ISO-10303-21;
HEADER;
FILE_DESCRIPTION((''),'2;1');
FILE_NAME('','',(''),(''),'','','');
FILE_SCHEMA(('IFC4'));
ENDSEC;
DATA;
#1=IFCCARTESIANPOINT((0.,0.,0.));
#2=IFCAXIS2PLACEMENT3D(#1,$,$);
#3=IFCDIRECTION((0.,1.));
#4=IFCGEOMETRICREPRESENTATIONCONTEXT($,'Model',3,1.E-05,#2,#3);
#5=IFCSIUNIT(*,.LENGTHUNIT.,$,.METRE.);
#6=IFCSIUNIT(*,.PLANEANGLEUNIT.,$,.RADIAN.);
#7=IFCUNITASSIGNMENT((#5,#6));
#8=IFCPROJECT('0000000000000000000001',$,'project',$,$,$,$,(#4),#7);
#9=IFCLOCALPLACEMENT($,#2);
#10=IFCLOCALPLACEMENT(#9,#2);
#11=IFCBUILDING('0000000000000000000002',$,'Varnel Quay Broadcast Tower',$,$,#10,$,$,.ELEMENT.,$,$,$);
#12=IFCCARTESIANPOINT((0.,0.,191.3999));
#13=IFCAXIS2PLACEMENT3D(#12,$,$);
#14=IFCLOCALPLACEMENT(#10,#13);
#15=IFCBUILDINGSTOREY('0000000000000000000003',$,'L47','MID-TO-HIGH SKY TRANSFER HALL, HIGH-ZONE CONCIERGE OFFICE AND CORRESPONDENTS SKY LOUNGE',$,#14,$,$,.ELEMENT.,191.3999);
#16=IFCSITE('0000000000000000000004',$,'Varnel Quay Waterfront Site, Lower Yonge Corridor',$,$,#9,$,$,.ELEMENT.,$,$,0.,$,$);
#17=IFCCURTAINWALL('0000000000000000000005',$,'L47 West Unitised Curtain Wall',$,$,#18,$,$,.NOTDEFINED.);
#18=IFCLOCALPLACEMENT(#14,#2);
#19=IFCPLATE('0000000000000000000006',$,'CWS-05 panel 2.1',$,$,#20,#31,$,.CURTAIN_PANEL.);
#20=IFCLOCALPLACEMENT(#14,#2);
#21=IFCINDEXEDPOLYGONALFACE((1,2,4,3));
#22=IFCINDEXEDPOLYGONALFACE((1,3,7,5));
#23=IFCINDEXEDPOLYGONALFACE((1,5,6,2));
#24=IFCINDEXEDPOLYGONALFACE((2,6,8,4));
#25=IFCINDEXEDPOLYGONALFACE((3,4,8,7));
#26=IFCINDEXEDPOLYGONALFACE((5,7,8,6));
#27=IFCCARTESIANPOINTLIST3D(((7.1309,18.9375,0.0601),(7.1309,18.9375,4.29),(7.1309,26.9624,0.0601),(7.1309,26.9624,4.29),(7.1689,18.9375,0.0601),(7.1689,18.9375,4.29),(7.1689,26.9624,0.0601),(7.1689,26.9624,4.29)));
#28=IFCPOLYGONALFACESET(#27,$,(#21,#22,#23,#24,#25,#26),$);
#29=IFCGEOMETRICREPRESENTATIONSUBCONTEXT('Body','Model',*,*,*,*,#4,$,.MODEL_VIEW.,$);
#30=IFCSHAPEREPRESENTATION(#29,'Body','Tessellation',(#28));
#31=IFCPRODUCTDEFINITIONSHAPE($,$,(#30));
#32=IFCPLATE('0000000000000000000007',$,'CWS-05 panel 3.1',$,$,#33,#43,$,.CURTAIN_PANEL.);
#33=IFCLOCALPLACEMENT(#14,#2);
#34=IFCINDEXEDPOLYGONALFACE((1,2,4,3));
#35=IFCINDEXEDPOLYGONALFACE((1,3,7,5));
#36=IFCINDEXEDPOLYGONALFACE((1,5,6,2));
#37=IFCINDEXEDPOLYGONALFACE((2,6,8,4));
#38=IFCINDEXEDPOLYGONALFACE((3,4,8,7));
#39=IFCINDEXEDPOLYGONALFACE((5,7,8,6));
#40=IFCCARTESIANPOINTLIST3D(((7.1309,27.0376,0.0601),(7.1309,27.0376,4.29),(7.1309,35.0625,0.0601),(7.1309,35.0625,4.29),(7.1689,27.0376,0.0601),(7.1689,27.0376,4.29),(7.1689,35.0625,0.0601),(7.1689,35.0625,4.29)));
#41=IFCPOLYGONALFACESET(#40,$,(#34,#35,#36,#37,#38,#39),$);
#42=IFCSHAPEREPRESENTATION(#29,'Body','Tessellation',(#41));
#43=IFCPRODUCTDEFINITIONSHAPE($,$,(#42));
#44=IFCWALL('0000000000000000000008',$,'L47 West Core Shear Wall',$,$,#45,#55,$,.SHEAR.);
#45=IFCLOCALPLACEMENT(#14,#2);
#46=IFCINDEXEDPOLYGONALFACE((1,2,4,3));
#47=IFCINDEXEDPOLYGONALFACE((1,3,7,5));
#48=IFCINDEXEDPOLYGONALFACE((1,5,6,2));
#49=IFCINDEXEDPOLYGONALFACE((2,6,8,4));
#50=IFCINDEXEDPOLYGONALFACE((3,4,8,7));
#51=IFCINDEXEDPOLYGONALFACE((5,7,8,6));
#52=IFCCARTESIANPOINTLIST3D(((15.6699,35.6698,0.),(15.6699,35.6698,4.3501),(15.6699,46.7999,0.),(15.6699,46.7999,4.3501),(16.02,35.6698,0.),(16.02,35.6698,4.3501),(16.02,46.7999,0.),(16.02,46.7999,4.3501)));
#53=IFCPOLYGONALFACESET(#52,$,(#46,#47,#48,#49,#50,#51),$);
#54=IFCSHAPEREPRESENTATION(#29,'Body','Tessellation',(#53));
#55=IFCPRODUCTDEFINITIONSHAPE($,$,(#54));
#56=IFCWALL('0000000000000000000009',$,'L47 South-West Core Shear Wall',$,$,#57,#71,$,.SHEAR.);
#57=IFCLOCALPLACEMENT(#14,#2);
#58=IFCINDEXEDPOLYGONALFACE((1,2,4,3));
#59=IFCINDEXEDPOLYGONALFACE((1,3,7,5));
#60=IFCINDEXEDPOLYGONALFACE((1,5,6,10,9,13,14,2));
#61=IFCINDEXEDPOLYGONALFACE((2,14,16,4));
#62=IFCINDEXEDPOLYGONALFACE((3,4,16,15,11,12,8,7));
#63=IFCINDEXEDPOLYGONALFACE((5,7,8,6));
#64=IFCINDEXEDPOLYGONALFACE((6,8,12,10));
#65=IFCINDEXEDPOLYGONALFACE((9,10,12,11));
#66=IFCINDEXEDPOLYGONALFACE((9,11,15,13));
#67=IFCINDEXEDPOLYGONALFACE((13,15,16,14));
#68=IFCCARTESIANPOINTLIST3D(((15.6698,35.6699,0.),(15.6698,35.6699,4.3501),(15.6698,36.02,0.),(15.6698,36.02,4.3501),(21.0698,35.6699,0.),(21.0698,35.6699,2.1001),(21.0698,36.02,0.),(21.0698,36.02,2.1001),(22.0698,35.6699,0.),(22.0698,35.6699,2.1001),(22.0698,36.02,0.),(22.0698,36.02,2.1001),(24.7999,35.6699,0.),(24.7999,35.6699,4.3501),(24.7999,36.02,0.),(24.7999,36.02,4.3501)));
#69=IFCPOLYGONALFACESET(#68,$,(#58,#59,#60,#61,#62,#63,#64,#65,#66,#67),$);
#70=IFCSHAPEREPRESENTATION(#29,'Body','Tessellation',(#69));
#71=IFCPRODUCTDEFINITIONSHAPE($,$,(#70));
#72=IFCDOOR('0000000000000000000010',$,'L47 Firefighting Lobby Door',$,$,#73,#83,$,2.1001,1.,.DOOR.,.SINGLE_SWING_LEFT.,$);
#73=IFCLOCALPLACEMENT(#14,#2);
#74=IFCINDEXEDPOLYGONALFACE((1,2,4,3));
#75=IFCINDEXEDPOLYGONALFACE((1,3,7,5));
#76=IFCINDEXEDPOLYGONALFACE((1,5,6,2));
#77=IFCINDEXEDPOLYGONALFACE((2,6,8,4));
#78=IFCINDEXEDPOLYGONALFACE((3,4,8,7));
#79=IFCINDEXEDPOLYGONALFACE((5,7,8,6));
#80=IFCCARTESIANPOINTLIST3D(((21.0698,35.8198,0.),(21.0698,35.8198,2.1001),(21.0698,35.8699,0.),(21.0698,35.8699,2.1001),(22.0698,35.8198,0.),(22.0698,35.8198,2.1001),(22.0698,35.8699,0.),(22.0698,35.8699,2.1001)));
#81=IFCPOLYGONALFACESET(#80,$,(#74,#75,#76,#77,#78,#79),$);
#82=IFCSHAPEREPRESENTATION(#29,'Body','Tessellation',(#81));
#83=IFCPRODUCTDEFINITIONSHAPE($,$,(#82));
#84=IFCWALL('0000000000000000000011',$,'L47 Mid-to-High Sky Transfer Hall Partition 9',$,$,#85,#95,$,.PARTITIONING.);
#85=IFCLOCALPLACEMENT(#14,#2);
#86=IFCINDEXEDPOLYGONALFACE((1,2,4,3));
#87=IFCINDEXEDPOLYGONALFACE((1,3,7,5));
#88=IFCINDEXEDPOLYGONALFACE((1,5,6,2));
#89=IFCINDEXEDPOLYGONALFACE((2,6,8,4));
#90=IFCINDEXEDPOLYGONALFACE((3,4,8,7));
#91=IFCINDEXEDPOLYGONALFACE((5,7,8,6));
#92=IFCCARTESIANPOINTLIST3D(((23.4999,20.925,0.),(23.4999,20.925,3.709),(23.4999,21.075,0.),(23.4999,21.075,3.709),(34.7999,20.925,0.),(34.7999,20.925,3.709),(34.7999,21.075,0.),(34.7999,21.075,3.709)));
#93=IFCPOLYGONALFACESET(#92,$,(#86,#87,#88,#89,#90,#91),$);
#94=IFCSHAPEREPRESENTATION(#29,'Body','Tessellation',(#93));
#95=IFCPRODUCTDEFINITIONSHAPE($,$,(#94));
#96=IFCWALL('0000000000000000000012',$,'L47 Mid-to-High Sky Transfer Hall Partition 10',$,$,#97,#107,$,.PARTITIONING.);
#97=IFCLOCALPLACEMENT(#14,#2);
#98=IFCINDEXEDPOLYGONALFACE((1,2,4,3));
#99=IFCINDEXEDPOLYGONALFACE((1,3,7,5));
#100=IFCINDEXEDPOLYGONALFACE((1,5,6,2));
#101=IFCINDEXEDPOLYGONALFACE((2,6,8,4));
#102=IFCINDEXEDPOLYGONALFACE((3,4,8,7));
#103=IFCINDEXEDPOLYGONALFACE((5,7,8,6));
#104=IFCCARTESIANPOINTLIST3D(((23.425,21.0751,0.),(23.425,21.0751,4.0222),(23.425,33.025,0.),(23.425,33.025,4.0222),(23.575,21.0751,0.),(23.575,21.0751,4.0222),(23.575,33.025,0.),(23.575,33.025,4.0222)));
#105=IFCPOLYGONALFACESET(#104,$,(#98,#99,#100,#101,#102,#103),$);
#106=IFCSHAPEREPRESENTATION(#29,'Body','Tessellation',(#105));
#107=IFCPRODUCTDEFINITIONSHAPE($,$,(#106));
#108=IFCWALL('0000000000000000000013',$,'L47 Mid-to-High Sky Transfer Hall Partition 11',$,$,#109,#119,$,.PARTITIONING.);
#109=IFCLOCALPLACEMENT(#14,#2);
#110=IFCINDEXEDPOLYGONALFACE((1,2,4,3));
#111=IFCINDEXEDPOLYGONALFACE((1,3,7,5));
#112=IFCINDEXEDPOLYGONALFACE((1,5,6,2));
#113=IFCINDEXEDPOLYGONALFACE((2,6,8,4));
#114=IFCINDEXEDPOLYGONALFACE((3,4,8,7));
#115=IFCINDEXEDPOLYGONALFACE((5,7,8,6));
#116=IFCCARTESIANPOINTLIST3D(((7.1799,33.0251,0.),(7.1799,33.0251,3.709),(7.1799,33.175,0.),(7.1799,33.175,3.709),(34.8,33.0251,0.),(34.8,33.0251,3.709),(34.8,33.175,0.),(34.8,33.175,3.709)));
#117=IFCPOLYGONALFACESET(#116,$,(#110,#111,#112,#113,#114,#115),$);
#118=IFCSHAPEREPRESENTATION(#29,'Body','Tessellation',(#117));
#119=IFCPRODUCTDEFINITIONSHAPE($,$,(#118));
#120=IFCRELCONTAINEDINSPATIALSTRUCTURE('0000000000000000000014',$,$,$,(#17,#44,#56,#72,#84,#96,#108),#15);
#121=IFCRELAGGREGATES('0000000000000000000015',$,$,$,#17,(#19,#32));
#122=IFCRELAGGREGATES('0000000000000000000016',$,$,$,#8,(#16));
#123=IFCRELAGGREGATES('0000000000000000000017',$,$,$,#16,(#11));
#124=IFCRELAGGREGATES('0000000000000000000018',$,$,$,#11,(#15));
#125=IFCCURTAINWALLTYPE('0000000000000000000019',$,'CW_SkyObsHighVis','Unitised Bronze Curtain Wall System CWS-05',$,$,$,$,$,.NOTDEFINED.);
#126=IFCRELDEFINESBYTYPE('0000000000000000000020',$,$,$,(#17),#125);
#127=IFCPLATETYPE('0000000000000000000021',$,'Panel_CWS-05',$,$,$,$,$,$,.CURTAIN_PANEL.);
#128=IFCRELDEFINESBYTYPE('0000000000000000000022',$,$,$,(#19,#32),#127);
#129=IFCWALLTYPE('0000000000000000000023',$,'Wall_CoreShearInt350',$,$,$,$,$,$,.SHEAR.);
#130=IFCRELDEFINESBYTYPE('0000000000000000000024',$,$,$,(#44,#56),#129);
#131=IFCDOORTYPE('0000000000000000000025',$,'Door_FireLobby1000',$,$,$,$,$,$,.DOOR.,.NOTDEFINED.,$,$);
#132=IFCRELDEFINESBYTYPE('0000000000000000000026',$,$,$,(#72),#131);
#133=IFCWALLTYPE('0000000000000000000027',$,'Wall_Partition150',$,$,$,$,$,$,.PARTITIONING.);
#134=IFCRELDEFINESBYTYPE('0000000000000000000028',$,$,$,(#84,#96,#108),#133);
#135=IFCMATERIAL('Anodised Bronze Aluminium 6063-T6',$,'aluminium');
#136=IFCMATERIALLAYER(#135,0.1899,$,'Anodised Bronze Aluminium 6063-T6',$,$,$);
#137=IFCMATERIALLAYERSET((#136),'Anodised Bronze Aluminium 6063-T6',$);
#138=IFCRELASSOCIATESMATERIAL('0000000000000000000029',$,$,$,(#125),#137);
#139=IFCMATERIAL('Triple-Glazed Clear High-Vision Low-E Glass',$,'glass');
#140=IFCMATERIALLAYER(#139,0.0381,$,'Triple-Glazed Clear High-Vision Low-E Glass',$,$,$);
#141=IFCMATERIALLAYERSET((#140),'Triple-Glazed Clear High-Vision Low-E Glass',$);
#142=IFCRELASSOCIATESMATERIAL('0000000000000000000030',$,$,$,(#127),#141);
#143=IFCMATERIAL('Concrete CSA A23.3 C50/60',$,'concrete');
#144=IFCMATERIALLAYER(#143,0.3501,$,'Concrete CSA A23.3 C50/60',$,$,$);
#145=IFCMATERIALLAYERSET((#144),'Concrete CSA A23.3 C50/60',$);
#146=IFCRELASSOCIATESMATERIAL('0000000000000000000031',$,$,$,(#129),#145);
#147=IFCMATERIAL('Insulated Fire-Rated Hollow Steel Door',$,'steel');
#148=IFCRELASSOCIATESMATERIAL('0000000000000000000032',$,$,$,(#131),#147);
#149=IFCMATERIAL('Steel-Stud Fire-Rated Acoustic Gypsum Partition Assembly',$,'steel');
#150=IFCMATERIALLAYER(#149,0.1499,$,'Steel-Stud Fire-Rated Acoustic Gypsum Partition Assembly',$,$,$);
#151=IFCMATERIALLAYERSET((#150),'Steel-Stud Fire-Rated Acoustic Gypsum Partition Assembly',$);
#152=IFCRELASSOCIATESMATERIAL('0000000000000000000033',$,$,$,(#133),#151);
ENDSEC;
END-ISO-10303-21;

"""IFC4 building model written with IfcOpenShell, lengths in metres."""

from ifc_helpers import new_model, si_unit, direction, frame, frame_2d, origin, origin_2d, place, context, subcontext, project, spatial, rectangle, extrude, source, transform, mapped, material, layer, layer_set, type_object, type_shapes, element, fill, aggregate, save


model = new_model("IFC4")

# Units and contexts
model_context = context("Model", 3, precision=1e-05, world=origin(), true_north=direction((0.0, 1.0)))
body_context = subcontext(model_context, "Body", "Model", "MODEL_VIEW")
ifc_project = project(units=[si_unit("LENGTHUNIT", "METRE"), si_unit("PLANEANGLEUNIT", "RADIAN")], contexts=[model_context])

# Site, building, storey
site_placement = place(None, origin())
site = spatial("IfcSite", under=ifc_project, at=site_placement, Name="Varnel Quay Waterfront Site, Lower Yonge Corridor", CompositionType="ELEMENT", RefElevation=0.0)
building_placement = place(site_placement, origin())
building = spatial("IfcBuilding", under=site, at=building_placement, Name="Varnel Quay Broadcast Tower", CompositionType="ELEMENT")
storey_placement = place(building_placement, frame((0.0, 0.0, 191.3999)))
storey = spatial("IfcBuildingStorey", under=building, at=storey_placement, Name="L47", Description="MID-TO-HIGH SKY TRANSFER HALL, HIGH-ZONE CONCIERGE OFFICE AND CORRESPONDENTS SKY LOUNGE", CompositionType="ELEMENT", Elevation=191.3999)

# Shared definitions
ifc_material_1 = material(Name="Concrete CSA A23.3 C50/60", Category="concrete")

# Curtain wall, plates
ifc_material_2 = material(Name="Anodised Bronze Aluminium 6063-T6", Category="aluminium")
ifc_layer_1 = layer(ifc_material_2, 0.1899, Name="Anodised Bronze Aluminium 6063-T6")
ifc_layer_set_1 = layer_set([ifc_layer_1], Name="Anodised Bronze Aluminium 6063-T6")
curtain_wall_type = type_object("IfcCurtainWallType", Name="CW_SkyObsHighVis", Description="Unitised Bronze Curtain Wall System CWS-05", PredefinedType="NOTDEFINED", material=ifc_layer_set_1)
curtain_wall_placement = place(storey_placement, origin())
curtain_wall = element("IfcCurtainWall", 1, at=curtain_wall_placement, inside=storey, type_object=curtain_wall_type, Name="L47 West Unitised Curtain Wall", PredefinedType="NOTDEFINED")
ifc_material_3 = material(Name="Triple-Glazed Clear High-Vision Low-E Glass", Category="glass")
ifc_layer_2 = layer(ifc_material_3, 0.0381, Name="Triple-Glazed Clear High-Vision Low-E Glass")
ifc_layer_set_2 = layer_set([ifc_layer_2], Name="Triple-Glazed Clear High-Vision Low-E Glass")
plate_type = type_object("IfcPlateType", Name="Panel_CWS-05", PredefinedType="CURTAIN_PANEL", material=ifc_layer_set_2)
shared_shape_1 = source(origin(), body_context, "Body", "SweptSolid", [
    extrude(rectangle(XDim=8.0249, YDim=0.0381, at=origin_2d()), origin(), (0.0, 0.0, 1.0), 4.23),
])
type_shapes(plate_type, [shared_shape_1])
plate_1_placement = place(storey_placement, frame((7.1499, 22.95, 0.0601), z_axis=(0.0, 0.0, 1.0), x_axis=(0.0, 1.0, 0.0)))
plate_1 = element("IfcPlate", 2, at=plate_1_placement, type_object=plate_type, Name="CWS-05 panel 2.1", PredefinedType="CURTAIN_PANEL", context=body_context, shape_type="MappedRepresentation", body=[
    mapped(shared_shape_1, transform((0.0, 0.0, 0.0), x_axis=(1.0, 0.0, 0.0), y_axis=(0.0, 1.0, 0.0), z_axis=(0.0, 0.0, 1.0), scale=1.0)),
])
plate_2_placement = place(storey_placement, frame((7.1499, 31.05, 0.0601), z_axis=(0.0, 0.0, 1.0), x_axis=(0.0, 1.0, 0.0)))
plate_2 = element("IfcPlate", 3, at=plate_2_placement, type_object=plate_type, Name="CWS-05 panel 3.1", PredefinedType="CURTAIN_PANEL", context=body_context, shape_type="MappedRepresentation", body=[
    mapped(shared_shape_1, transform((0.0, 0.0, 0.0), x_axis=(1.0, 0.0, 0.0), y_axis=(0.0, 1.0, 0.0), z_axis=(0.0, 0.0, 1.0), scale=1.0)),
])
aggregate(curtain_wall, [plate_1, plate_2])

# Wall
ifc_layer_3 = layer(ifc_material_1, 0.3501, Name="Concrete CSA A23.3 C50/60")
ifc_layer_set_3 = layer_set([ifc_layer_3], Name="Concrete CSA A23.3 C50/60")
wall_type_1 = type_object("IfcWallType", Name="Wall_CoreShearInt350", PredefinedType="SHEAR", material=ifc_layer_set_3)
wall_1_placement = place(storey_placement, frame((15.845, 35.6699, 0.0), z_axis=(0.0, 0.0, 1.0), x_axis=(0.0, 1.0, 0.0)))
element("IfcWall", 4, at=wall_1_placement, inside=storey, type_object=wall_type_1, Name="L47 West Core Shear Wall", PredefinedType="SHEAR", context=body_context, shape_type="SweptSolid", body=[
    extrude(rectangle(XDim=11.1301, YDim=0.3501, at=frame_2d((5.5649, 0.0))), origin(), (0.0, 0.0, 1.0), 4.3501),
])

# Wall, opening, door
wall_2_placement = place(storey_placement, frame((15.6699, 35.845, 0.0), z_axis=(0.0, 0.0, 1.0), x_axis=(1.0, 0.0, 0.0)))
wall_2 = element("IfcWall", 5, at=wall_2_placement, inside=storey, type_object=wall_type_1, Name="L47 South-West Core Shear Wall", PredefinedType="SHEAR", context=body_context, shape_type="SweptSolid", body=[
    extrude(rectangle(XDim=9.1301, YDim=0.3501, at=frame_2d((4.5649, 0.0))), origin(), (0.0, 0.0, 1.0), 4.3501),
])
opening_placement = place(wall_2_placement, frame((5.3999, 0.0, 0.0)))
opening = element("IfcOpeningElement", 6, at=opening_placement, cuts=wall_2, PredefinedType="OPENING", context=body_context, shape_type="SweptSolid", body=[
    extrude(rectangle(XDim=1.0, YDim=2.1001, at=frame_2d((0.5, 1.05))), frame((0.0, 0.1851, 0.0), z_axis=(0.0, -1.0, 0.0), x_axis=(1.0, 0.0, 0.0)), (0.0, 0.0, 1.0), 0.3701),
])
ifc_material_4 = material(Name="Insulated Fire-Rated Hollow Steel Door", Category="steel")
door_type = type_object("IfcDoorType", Name="Door_FireLobby1000", OperationType="NOTDEFINED", PredefinedType="DOOR", material=ifc_material_4)
shared_shape_2 = source(origin(), body_context, "Body", "SweptSolid", [
    extrude(rectangle(XDim=1.0, YDim=2.1001, at=frame_2d((0.5, 1.05))), frame((0.0, 0.0249, 0.0), z_axis=(0.0, -1.0, 0.0), x_axis=(1.0, 0.0, 0.0)), (0.0, 0.0, 1.0), 0.05),
])
type_shapes(door_type, [shared_shape_2])
door_placement = place(opening_placement, origin())
door = element("IfcDoor", 7, at=door_placement, inside=storey, type_object=door_type, Name="L47 Firefighting Lobby Door", OperationType="SINGLE_SWING_LEFT", OverallHeight=2.1001, OverallWidth=1.0, PredefinedType="DOOR", context=body_context, shape_type="MappedRepresentation", body=[
    mapped(shared_shape_2, transform((0.0, 0.0, 0.0), x_axis=(1.0, 0.0, 0.0), y_axis=(0.0, 1.0, 0.0), z_axis=(0.0, 0.0, 1.0), scale=1.0)),
])
fill(opening, door)

# Walls
ifc_material_5 = material(Name="Steel-Stud Fire-Rated Acoustic Gypsum Partition Assembly", Category="steel")
ifc_layer_4 = layer(ifc_material_5, 0.1499, Name="Steel-Stud Fire-Rated Acoustic Gypsum Partition Assembly")
ifc_layer_set_4 = layer_set([ifc_layer_4], Name="Steel-Stud Fire-Rated Acoustic Gypsum Partition Assembly")
wall_type_2 = type_object("IfcWallType", Name="Wall_Partition150", PredefinedType="PARTITIONING", material=ifc_layer_set_4)
wall_3_placement = place(storey_placement, frame((23.5, 21.0, 0.0), z_axis=(0.0, 0.0, 1.0), x_axis=(1.0, 0.0, 0.0)))
element("IfcWall", 8, at=wall_3_placement, inside=storey, type_object=wall_type_2, Name="L47 Mid-to-High Sky Transfer Hall Partition 9", PredefinedType="PARTITIONING", context=body_context, shape_type="SweptSolid", body=[
    extrude(rectangle(XDim=11.3, YDim=0.1499, at=frame_2d((5.6499, 0.0))), origin(), (0.0, 0.0, 1.0), 3.709),
])
wall_4_placement = place(storey_placement, frame((23.5, 21.075, 0.0), z_axis=(0.0, 0.0, 1.0), x_axis=(0.0, 1.0, 0.0)))
element("IfcWall", 9, at=wall_4_placement, inside=storey, type_object=wall_type_2, Name="L47 Mid-to-High Sky Transfer Hall Partition 10", PredefinedType="PARTITIONING", context=body_context, shape_type="SweptSolid", body=[
    extrude(rectangle(XDim=11.95, YDim=0.1499, at=frame_2d((5.9751, 0.0))), origin(), (0.0, 0.0, 1.0), 4.0222),
])
wall_5_placement = place(storey_placement, frame((7.1799, 33.1001, 0.0), z_axis=(0.0, 0.0, 1.0), x_axis=(1.0, 0.0, 0.0)))
element("IfcWall", 10, at=wall_5_placement, inside=storey, type_object=wall_type_2, Name="L47 Mid-to-High Sky Transfer Hall Partition 11", PredefinedType="PARTITIONING", context=body_context, shape_type="SweptSolid", body=[
    extrude(rectangle(XDim=27.6201, YDim=0.1499, at=frame_2d((13.8101, 0.0))), origin(), (0.0, 0.0, 1.0), 3.709),
])

save(model, "model.ifc")
